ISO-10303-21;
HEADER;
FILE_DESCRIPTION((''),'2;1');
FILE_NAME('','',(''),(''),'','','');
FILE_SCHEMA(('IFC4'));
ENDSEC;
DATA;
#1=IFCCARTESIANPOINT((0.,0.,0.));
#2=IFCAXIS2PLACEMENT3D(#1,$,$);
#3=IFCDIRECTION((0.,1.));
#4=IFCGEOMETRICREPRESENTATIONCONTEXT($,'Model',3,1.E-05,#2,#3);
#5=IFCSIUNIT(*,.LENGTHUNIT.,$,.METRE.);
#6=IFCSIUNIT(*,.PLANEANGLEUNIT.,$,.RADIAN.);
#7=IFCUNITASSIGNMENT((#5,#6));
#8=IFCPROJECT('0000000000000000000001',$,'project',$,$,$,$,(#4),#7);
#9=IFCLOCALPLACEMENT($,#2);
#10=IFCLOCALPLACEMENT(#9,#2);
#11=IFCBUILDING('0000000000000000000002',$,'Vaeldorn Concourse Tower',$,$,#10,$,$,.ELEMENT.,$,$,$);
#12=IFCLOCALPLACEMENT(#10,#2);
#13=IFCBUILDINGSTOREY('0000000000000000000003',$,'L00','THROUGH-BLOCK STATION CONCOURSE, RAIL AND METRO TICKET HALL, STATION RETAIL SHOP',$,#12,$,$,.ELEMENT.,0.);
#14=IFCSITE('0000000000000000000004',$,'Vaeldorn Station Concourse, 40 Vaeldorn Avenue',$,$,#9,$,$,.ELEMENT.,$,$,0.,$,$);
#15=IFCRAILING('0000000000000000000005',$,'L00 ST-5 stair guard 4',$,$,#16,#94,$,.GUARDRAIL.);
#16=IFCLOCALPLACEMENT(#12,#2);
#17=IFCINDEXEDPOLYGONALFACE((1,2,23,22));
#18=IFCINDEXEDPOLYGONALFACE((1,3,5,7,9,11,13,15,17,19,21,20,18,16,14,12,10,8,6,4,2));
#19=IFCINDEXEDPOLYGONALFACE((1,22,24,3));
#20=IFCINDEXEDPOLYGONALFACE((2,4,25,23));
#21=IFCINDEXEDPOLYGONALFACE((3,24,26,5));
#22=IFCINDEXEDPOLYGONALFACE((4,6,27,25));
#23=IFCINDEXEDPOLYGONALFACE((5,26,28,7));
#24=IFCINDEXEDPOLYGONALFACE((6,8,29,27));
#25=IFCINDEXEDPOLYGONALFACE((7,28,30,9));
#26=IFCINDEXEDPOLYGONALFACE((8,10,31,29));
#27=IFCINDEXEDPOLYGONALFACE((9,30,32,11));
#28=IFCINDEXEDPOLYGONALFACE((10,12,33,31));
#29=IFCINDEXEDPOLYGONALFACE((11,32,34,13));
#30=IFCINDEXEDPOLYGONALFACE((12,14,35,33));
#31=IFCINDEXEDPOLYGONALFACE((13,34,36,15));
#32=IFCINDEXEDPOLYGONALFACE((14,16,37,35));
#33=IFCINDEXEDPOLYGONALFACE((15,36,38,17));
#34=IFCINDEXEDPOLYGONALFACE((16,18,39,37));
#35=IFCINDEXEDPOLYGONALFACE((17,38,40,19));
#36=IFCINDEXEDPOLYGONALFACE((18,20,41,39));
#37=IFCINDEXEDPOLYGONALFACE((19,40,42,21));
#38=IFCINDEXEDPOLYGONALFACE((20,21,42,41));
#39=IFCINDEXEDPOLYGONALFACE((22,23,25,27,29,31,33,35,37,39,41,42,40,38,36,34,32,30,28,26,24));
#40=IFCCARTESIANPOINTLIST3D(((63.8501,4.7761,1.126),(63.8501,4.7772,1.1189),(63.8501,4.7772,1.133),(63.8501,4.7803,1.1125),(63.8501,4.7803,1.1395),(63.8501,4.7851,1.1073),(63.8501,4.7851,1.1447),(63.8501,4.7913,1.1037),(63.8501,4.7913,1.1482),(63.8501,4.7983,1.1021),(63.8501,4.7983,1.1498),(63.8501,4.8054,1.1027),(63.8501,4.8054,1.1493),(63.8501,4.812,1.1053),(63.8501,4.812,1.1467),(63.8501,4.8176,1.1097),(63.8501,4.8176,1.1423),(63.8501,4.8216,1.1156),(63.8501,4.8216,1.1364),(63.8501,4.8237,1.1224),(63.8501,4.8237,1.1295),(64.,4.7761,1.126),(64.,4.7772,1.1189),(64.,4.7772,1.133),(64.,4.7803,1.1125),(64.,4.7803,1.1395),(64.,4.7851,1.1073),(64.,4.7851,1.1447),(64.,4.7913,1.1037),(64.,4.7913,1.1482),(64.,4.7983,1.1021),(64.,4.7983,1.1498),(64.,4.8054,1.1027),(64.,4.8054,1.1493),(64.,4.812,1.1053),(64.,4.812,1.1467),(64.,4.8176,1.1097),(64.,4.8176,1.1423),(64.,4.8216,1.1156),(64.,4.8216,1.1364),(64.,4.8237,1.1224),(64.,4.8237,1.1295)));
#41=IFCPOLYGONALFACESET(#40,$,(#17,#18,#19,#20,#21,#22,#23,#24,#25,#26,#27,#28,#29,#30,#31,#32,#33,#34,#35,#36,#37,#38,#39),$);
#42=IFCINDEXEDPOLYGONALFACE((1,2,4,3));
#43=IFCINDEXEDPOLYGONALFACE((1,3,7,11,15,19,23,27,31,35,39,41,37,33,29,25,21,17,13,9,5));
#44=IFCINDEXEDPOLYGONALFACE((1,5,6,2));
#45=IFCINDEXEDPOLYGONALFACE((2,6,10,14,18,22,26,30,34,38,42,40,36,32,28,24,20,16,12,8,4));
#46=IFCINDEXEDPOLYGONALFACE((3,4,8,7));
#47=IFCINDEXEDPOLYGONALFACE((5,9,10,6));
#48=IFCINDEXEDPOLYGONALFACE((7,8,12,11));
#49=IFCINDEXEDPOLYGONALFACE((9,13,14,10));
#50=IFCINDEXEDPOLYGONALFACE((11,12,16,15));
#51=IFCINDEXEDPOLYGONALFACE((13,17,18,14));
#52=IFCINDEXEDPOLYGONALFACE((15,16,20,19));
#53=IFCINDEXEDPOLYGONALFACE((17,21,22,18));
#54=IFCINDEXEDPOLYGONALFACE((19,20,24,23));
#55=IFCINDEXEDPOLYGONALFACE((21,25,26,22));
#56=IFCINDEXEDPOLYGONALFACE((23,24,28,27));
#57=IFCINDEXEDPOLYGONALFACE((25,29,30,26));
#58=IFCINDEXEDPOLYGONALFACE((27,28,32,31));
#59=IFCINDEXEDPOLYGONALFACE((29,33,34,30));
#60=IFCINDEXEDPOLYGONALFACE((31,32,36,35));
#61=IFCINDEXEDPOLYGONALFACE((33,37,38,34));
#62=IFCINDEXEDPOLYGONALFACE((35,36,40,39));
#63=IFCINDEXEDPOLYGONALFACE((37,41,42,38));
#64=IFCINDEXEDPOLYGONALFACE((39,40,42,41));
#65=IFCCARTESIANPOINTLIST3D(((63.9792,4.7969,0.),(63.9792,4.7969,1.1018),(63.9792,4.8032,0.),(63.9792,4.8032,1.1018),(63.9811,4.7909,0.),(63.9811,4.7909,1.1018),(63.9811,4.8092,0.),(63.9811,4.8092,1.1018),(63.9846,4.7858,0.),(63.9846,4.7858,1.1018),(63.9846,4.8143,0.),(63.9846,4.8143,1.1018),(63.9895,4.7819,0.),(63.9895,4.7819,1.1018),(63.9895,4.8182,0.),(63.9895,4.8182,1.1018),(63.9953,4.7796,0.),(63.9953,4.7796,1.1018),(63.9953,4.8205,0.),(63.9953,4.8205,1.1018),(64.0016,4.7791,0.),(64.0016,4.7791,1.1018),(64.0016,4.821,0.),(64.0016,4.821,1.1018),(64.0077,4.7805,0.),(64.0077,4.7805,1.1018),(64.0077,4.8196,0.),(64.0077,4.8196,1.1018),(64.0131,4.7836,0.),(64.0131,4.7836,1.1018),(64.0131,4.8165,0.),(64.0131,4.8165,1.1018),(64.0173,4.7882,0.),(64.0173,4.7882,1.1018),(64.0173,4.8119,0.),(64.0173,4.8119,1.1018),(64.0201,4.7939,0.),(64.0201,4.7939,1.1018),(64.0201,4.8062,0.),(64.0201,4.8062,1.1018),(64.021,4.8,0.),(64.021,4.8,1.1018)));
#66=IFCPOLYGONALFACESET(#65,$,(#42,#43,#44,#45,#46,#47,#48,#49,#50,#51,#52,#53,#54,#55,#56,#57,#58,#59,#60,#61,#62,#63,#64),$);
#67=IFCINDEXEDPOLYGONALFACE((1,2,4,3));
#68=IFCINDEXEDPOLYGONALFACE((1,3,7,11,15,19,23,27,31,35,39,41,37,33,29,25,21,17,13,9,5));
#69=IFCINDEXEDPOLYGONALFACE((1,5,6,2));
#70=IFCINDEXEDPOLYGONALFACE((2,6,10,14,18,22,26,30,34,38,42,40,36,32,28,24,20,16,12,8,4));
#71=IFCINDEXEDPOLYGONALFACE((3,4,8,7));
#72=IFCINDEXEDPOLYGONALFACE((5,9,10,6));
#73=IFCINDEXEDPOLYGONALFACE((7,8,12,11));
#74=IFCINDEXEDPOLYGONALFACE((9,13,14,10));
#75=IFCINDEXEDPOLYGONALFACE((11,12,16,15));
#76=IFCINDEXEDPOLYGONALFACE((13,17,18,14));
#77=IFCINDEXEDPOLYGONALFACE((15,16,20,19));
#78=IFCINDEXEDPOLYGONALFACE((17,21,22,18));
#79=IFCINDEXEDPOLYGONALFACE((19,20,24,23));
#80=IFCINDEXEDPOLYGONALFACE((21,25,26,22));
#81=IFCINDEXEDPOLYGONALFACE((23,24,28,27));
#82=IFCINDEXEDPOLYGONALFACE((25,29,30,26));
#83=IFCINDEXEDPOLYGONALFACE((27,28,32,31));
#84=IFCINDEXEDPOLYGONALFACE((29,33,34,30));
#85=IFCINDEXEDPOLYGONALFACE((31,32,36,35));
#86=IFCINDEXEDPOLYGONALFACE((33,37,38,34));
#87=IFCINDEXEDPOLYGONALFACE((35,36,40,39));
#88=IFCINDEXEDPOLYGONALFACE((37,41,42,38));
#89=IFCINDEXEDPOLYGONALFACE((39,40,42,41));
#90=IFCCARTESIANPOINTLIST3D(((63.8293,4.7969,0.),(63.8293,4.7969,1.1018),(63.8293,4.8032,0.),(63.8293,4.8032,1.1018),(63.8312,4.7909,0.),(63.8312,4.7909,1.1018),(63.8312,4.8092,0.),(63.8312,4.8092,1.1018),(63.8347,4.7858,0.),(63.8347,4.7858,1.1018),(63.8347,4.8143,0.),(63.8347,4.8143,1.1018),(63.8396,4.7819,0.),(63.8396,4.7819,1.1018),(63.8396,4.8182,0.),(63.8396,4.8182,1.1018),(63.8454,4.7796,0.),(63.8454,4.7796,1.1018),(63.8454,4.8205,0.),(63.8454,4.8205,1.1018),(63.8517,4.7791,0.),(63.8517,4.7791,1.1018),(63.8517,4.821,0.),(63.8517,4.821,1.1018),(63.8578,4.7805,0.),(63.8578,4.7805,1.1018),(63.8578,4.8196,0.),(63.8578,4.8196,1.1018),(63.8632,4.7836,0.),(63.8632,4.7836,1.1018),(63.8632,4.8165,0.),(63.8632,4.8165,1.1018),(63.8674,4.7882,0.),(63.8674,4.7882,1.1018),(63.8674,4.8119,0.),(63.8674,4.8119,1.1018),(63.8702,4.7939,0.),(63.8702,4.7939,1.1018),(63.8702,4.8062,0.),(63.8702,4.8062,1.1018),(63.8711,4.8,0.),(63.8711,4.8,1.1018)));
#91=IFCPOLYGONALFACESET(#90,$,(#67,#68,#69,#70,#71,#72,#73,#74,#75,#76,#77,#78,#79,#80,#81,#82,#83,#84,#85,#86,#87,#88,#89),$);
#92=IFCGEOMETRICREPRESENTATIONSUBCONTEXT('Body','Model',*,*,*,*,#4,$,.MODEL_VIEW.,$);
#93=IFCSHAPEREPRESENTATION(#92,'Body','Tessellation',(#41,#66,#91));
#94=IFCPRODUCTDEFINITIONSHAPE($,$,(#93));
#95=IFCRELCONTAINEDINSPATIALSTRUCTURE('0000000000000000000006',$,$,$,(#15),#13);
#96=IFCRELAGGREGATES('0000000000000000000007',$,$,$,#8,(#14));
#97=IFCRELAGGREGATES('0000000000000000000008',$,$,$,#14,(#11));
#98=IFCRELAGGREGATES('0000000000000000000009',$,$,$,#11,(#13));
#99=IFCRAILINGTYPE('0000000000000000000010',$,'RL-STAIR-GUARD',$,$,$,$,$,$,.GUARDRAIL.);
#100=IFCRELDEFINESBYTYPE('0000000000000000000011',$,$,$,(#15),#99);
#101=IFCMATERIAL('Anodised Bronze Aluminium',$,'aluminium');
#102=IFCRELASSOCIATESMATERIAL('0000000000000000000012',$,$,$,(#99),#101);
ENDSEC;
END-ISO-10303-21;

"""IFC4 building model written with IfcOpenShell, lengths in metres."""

from ifc_helpers import new_model, si_unit, direction, frame, origin, origin_2d, place, context, subcontext, project, spatial, circle, extrude, material, type_object, element, save


model = new_model("IFC4")

# Units and contexts
model_context = context("Model", 3, precision=1e-05, world=origin(), true_north=direction((0.0, 1.0)))
body_context = subcontext(model_context, "Body", "Model", "MODEL_VIEW")
ifc_project = project(units=[si_unit("LENGTHUNIT", "METRE"), si_unit("PLANEANGLEUNIT", "RADIAN")], contexts=[model_context])

# Site, building, storey
site_placement = place(None, origin())
site = spatial("IfcSite", under=ifc_project, at=site_placement, Name="Vaeldorn Station Concourse, 40 Vaeldorn Avenue", CompositionType="ELEMENT", RefElevation=0.0)
building_placement = place(site_placement, origin())
building = spatial("IfcBuilding", under=site, at=building_placement, Name="Vaeldorn Concourse Tower", CompositionType="ELEMENT")
storey_placement = place(building_placement, origin())
storey = spatial("IfcBuildingStorey", under=building, at=storey_placement, Name="L00", Description="THROUGH-BLOCK STATION CONCOURSE, RAIL AND METRO TICKET HALL, STATION RETAIL SHOP", CompositionType="ELEMENT", Elevation=0.0)

# Shared definitions
ifc_material_1 = material(Name="Anodised Bronze Aluminium", Category="aluminium")

# Railing
railing_type_1 = type_object("IfcRailingType", Name="RL-STAIR-GUARD", PredefinedType="GUARDRAIL", material=ifc_material_1)
railing_1_placement = place(storey_placement, frame((64.0, 4.8, 0.0)))
element("IfcRailing", 1, at=railing_1_placement, inside=storey, type_object=railing_type_1, Name="L00 ST-5 stair guard 4", PredefinedType="GUARDRAIL", context=body_context, shape_type="SweptSolid", body=[
    extrude(circle(Radius=0.0239, at=origin_2d()), frame((0.0, 0.0, 1.126), z_axis=(-1.0, 0.0, 0.0), x_axis=(0.0, -1.0, 0.0)), (0.0, 0.0, 1.0), 0.1499),
    extrude(circle(Radius=0.021, at=origin_2d()), origin(), (0.0, 0.0, 1.0), 1.1018),
    extrude(circle(Radius=0.021, at=origin_2d()), frame((-0.1499, 0.0, 0.0)), (0.0, 0.0, 1.0), 1.1018),
])

save(model, "model.ifc")
